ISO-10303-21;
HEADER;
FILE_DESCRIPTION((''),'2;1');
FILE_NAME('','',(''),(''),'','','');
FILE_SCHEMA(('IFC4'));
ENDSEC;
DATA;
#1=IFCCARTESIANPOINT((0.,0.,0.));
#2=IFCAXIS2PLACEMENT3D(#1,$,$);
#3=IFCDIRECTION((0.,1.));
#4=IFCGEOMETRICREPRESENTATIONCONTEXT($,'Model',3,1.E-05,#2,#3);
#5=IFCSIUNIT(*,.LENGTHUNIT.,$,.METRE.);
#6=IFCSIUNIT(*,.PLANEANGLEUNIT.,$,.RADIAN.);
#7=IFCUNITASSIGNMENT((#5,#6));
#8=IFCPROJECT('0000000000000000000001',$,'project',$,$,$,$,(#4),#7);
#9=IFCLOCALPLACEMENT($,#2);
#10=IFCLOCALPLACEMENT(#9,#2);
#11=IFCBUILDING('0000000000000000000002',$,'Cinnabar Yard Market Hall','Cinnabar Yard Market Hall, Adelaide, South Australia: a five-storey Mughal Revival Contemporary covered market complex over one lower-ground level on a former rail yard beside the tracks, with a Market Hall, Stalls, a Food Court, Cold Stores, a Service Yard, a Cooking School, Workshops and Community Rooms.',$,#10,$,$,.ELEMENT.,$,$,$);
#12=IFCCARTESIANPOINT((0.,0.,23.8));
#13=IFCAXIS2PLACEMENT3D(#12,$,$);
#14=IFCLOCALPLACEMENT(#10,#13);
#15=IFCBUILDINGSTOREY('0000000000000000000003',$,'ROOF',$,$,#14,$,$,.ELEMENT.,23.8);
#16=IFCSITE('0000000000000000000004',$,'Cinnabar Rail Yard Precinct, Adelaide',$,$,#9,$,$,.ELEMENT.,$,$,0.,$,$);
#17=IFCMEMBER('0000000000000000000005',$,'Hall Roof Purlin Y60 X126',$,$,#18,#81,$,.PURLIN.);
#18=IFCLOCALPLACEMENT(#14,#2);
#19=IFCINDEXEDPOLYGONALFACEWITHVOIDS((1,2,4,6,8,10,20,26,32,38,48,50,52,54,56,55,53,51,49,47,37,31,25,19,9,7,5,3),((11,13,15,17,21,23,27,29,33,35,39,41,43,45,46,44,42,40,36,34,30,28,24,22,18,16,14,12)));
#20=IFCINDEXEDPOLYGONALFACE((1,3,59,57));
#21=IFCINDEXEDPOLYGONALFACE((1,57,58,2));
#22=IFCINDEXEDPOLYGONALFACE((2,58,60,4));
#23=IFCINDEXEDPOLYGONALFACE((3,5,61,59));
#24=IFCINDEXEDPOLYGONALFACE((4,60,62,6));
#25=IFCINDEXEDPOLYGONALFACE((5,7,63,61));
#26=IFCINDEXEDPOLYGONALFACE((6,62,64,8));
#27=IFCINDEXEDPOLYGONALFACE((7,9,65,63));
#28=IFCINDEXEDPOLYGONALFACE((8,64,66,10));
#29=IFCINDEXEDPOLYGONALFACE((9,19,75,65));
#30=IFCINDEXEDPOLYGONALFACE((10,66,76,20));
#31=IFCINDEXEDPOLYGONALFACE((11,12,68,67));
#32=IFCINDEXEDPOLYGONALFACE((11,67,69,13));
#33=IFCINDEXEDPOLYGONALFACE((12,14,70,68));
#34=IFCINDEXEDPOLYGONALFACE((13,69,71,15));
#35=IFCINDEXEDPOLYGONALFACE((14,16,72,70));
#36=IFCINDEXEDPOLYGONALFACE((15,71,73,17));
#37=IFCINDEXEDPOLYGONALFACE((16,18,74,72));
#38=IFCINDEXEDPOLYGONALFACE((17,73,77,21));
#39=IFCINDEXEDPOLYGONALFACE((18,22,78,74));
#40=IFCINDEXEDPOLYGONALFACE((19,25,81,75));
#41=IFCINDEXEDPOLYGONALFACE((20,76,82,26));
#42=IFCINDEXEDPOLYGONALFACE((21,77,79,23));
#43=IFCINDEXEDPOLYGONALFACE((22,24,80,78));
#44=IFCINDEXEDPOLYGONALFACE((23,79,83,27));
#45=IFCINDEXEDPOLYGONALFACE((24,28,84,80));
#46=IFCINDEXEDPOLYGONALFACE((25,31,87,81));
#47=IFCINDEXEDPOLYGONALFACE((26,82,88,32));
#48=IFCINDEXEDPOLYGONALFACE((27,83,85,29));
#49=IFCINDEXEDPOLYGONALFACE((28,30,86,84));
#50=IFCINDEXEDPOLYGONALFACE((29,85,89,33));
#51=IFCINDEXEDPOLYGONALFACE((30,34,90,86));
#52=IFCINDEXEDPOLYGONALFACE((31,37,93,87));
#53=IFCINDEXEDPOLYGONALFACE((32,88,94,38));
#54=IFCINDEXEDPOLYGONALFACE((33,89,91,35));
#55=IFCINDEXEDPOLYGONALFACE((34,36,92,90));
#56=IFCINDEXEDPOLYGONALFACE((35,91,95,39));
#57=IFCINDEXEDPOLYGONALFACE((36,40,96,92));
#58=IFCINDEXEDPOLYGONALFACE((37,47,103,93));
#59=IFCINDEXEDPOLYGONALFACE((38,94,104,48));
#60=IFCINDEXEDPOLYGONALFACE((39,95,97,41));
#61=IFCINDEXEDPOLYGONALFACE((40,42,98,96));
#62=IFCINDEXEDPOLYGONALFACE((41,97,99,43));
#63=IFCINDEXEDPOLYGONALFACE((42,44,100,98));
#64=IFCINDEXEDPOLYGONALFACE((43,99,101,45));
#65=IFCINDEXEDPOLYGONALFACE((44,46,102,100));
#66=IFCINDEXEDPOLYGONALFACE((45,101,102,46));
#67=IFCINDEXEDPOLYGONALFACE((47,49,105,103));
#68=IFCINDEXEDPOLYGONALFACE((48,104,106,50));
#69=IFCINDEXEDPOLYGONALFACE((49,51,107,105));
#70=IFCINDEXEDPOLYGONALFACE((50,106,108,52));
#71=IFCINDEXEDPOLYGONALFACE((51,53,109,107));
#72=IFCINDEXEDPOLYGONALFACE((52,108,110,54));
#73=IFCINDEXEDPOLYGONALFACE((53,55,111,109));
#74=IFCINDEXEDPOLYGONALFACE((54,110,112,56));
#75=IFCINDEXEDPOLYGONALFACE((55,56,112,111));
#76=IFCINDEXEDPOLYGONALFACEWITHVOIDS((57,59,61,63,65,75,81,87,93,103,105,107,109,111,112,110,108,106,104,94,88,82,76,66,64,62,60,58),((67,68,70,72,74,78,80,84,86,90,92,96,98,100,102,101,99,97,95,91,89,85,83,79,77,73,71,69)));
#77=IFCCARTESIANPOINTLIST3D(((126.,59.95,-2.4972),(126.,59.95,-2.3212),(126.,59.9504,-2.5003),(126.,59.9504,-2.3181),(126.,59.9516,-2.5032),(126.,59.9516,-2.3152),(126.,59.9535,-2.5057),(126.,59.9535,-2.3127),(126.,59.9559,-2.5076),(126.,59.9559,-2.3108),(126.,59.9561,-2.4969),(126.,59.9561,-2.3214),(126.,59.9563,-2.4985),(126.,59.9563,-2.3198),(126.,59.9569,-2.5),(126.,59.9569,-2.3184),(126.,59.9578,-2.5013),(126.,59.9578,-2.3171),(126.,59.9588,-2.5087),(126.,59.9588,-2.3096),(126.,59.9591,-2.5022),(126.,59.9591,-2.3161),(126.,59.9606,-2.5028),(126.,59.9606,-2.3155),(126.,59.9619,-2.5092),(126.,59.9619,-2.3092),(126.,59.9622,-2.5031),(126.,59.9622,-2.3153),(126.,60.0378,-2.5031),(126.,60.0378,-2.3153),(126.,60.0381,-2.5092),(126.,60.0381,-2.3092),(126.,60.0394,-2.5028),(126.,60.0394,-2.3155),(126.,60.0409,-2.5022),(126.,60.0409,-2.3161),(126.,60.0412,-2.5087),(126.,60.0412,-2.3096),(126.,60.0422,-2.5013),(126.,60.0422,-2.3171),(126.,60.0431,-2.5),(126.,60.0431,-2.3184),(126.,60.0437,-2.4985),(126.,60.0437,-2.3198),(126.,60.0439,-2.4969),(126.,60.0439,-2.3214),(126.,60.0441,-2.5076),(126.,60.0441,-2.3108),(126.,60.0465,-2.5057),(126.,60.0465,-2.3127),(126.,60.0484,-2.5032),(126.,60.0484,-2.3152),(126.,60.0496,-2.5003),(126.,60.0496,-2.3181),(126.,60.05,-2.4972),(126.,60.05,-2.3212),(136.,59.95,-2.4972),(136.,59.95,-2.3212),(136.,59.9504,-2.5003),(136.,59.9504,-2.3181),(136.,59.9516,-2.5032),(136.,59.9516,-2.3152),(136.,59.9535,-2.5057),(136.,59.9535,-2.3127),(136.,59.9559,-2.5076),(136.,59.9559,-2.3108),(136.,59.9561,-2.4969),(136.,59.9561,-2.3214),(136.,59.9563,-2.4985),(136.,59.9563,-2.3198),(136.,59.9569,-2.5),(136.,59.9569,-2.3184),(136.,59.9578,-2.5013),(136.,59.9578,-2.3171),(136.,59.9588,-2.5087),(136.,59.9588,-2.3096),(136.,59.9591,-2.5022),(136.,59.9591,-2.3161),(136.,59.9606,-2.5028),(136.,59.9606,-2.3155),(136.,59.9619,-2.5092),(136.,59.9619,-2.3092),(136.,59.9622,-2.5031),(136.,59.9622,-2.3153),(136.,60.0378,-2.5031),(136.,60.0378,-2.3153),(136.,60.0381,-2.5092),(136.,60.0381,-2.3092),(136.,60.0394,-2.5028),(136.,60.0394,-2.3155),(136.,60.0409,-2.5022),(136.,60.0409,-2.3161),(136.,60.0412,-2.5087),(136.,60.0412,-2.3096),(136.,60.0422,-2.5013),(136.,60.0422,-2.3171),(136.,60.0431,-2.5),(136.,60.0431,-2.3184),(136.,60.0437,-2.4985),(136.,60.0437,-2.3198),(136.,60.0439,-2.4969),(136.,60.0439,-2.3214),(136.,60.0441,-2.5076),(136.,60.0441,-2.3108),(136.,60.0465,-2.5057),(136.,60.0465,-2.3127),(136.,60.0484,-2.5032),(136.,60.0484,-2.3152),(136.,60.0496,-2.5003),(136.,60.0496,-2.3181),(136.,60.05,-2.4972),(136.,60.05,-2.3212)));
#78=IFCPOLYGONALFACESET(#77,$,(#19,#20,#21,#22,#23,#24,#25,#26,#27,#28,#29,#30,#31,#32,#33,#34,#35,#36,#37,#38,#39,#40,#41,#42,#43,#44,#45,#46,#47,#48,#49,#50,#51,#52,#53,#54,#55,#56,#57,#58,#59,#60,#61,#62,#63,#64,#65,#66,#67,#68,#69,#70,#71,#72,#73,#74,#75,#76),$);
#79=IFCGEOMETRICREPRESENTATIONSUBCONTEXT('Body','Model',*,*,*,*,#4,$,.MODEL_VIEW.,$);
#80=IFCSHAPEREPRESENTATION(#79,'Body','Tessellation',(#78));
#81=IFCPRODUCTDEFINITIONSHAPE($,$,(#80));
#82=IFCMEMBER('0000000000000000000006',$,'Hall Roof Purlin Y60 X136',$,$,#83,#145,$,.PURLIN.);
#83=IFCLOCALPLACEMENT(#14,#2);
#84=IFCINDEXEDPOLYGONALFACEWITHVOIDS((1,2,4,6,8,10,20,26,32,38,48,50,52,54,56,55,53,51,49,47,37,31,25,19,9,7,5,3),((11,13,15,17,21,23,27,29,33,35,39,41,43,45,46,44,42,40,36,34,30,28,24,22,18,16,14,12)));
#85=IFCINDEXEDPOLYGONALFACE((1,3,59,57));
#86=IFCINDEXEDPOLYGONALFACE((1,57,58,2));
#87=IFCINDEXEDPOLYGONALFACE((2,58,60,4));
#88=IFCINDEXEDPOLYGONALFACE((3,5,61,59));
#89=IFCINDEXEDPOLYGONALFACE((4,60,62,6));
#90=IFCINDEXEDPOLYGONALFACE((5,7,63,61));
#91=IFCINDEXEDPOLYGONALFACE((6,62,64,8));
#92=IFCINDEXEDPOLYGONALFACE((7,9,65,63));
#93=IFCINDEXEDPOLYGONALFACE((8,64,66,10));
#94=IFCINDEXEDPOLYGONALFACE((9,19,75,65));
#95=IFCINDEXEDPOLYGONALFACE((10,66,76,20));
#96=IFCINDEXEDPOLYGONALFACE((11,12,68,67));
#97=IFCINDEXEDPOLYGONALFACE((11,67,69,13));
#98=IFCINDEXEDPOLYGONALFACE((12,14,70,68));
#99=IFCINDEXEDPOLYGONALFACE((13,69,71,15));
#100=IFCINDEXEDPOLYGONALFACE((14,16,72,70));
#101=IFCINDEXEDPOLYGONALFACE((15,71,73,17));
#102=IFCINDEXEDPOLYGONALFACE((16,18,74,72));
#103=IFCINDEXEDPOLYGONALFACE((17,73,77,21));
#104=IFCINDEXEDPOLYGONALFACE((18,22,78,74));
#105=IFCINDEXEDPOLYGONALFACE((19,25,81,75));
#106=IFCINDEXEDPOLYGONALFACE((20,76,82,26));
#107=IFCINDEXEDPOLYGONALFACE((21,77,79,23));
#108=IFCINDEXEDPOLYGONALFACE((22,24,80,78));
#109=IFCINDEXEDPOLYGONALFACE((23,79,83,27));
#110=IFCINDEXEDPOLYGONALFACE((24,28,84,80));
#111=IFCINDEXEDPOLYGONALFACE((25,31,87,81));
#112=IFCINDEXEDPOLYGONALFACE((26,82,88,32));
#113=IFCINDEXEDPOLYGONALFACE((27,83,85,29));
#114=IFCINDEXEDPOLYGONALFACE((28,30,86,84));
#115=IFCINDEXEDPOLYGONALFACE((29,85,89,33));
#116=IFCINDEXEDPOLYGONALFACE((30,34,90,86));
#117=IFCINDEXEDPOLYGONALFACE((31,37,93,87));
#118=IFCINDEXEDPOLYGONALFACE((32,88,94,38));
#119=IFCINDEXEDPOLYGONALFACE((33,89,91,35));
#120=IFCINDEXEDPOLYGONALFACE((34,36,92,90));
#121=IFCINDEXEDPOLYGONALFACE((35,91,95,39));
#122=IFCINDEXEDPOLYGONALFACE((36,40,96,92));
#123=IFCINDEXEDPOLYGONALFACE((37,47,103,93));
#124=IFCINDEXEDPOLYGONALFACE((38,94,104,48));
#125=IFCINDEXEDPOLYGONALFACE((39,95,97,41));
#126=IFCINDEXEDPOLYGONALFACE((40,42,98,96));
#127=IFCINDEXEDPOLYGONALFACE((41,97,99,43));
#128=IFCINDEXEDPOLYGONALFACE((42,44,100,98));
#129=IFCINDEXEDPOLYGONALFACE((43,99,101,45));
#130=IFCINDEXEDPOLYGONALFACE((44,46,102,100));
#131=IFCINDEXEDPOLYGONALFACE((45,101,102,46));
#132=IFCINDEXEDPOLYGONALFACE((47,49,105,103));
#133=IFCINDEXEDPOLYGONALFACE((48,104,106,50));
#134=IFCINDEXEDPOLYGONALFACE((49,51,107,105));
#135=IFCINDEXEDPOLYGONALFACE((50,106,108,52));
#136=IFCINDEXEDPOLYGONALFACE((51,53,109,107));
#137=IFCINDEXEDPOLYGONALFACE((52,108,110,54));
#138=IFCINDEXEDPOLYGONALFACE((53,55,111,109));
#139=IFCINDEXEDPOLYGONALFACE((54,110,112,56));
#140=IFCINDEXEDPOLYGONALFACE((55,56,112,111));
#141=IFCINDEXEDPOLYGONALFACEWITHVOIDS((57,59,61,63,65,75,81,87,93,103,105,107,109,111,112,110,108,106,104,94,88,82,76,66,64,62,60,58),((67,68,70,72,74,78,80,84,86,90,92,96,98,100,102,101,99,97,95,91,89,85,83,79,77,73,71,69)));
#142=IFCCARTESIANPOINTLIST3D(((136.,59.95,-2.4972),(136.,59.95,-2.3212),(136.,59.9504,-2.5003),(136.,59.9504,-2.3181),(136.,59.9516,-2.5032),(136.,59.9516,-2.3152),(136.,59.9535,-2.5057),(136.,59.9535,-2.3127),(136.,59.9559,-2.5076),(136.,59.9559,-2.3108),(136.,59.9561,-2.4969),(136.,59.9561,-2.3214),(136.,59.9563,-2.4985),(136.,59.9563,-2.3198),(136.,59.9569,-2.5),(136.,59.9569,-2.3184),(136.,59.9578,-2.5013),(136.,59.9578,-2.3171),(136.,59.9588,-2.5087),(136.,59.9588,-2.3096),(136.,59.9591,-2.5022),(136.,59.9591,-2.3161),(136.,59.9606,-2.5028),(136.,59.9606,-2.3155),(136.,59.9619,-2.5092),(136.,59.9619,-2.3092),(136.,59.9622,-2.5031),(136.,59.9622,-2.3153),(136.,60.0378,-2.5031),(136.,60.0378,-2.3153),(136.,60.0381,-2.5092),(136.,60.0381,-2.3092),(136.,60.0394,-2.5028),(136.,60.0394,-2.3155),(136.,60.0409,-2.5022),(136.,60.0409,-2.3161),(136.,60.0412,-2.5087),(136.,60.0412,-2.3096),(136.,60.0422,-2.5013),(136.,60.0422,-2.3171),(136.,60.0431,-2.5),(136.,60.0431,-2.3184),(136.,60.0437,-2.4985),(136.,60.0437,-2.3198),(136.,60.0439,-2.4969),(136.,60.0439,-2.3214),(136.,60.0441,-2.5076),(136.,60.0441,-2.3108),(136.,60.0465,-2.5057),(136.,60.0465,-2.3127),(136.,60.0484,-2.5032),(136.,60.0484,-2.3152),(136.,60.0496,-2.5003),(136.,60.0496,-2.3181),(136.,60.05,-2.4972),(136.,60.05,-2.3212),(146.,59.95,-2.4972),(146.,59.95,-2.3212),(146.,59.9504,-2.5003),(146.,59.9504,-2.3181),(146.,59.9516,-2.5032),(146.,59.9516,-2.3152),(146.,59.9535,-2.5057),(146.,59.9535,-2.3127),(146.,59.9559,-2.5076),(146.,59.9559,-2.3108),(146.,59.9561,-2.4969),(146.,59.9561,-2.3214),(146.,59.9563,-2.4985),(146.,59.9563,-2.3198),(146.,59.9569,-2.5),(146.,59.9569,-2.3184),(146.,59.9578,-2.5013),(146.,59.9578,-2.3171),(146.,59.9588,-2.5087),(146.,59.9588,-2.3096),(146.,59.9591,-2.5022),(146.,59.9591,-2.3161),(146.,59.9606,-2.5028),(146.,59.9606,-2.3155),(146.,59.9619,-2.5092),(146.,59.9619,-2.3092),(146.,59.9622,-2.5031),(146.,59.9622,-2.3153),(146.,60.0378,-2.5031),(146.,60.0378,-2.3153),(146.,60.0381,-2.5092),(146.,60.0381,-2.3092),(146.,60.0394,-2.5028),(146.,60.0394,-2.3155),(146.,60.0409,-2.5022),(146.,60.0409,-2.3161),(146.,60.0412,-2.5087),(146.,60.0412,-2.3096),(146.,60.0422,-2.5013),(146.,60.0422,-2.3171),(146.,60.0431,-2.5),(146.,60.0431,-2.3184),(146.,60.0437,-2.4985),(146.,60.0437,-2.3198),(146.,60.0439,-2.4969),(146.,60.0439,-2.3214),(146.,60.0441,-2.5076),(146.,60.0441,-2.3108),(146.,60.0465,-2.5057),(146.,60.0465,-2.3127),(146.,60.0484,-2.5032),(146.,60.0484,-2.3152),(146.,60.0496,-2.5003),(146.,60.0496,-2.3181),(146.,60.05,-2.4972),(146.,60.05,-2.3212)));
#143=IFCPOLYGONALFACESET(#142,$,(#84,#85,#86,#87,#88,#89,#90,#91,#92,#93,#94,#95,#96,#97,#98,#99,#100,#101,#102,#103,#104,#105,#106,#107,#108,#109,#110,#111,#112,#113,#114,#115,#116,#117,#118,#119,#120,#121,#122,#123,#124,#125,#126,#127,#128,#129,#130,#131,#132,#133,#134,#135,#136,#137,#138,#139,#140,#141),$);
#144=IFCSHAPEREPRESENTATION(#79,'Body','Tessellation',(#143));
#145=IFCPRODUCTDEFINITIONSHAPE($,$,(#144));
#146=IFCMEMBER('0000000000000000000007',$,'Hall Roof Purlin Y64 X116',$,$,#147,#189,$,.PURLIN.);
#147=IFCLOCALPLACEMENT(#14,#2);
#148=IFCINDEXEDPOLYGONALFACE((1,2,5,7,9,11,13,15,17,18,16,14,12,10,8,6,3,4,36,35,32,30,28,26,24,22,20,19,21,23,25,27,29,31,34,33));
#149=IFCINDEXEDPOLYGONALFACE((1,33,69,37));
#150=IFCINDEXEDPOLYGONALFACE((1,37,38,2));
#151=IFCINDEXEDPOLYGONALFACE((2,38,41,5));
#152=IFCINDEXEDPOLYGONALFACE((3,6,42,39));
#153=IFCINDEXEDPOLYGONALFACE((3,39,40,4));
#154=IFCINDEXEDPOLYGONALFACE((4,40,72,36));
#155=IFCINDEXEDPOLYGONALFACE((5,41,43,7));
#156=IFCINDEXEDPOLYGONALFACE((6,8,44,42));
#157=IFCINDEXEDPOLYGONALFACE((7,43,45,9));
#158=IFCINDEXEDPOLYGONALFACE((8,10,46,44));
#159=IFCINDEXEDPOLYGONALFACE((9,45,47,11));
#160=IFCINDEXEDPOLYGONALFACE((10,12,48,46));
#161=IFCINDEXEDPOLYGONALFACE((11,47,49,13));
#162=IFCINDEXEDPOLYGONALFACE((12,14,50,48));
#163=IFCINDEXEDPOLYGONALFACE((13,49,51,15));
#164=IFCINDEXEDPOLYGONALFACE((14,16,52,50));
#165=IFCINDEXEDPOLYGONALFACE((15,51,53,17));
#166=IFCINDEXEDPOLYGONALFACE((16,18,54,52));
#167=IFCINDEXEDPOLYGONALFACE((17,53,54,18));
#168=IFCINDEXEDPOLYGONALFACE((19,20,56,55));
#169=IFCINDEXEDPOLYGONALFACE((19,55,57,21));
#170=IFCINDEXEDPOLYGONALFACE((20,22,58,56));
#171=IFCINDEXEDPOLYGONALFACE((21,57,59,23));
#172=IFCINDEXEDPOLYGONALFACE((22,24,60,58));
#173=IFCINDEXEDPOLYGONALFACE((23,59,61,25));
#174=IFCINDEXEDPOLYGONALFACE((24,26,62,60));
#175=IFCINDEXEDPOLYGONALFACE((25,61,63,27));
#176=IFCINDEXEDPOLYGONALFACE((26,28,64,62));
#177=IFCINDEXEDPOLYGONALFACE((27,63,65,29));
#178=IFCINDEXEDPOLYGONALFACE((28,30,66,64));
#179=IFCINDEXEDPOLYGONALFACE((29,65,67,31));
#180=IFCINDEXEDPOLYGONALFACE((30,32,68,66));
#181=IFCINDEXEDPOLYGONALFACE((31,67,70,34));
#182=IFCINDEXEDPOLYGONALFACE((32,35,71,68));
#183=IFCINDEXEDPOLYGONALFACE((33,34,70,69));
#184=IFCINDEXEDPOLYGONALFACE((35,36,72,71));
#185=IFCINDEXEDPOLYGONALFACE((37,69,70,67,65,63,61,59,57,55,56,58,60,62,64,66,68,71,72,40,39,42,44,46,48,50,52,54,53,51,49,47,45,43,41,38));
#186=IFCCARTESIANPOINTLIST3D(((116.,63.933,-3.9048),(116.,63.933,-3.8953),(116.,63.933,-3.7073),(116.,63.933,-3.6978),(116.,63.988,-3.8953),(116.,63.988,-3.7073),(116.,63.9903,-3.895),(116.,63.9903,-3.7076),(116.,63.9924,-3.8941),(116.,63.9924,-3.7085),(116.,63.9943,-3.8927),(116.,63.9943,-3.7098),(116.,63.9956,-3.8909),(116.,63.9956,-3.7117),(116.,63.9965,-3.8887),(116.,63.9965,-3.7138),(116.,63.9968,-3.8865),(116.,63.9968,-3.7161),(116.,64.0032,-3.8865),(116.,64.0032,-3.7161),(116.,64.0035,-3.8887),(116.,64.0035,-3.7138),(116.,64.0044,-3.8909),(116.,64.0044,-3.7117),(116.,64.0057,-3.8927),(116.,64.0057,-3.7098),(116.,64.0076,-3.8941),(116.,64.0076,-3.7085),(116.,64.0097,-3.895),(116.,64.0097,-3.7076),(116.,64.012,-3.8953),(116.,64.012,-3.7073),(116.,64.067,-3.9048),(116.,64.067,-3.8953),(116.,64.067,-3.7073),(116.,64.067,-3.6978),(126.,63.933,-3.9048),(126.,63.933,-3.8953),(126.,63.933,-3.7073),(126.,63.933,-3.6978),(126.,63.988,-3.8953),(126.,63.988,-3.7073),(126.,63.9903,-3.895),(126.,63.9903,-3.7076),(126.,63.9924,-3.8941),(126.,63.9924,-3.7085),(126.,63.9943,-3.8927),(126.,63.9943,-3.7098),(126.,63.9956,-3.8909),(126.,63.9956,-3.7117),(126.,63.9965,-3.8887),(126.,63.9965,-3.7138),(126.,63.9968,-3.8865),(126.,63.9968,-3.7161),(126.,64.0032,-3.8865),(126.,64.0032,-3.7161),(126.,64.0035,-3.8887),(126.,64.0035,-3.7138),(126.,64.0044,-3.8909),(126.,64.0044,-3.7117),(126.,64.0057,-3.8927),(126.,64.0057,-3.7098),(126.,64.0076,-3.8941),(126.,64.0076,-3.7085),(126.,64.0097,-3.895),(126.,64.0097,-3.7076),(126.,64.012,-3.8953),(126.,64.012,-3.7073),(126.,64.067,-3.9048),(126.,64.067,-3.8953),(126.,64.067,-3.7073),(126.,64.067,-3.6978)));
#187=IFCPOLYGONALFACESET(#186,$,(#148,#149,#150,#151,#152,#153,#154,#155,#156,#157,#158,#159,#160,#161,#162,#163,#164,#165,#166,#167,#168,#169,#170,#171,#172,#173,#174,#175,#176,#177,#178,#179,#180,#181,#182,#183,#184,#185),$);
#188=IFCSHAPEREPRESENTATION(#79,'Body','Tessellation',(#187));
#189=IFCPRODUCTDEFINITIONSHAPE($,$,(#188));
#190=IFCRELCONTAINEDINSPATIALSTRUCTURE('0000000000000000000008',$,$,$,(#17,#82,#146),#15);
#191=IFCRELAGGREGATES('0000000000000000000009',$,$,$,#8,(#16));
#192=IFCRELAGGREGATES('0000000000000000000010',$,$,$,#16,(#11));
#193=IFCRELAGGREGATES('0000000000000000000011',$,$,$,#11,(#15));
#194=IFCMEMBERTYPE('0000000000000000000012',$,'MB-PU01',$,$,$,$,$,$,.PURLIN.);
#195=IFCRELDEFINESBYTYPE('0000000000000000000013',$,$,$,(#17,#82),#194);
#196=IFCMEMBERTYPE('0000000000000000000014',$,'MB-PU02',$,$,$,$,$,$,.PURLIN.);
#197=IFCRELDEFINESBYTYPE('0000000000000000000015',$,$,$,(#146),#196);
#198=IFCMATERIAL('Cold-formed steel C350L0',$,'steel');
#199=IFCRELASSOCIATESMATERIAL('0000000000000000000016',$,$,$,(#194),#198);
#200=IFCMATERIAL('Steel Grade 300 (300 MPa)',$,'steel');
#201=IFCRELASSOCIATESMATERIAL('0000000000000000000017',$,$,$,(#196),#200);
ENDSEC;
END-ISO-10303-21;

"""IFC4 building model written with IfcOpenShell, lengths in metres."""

from ifc_helpers import new_model, si_unit, direction, frame, origin, origin_2d_with_axis, place, context, subcontext, project, spatial, hollow_rectangle, i_section, extrude, material, material_profile, profile_set, type_object, element, save


model = new_model("IFC4")

# Units and contexts
model_context = context("Model", 3, precision=1e-05, world=origin(), true_north=direction((0.0, 1.0)))
body_context = subcontext(model_context, "Body", "Model", "MODEL_VIEW")
ifc_project = project(units=[si_unit("LENGTHUNIT", "METRE"), si_unit("PLANEANGLEUNIT", "RADIAN")], contexts=[model_context])

# Site, building, storey
site_placement = place(None, origin())
site = spatial("IfcSite", under=ifc_project, at=site_placement, Name="Cinnabar Rail Yard Precinct, Adelaide", CompositionType="ELEMENT", RefElevation=0.0)
building_placement = place(site_placement, origin())
building = spatial("IfcBuilding", under=site, at=building_placement, Name="Cinnabar Yard Market Hall", Description="Cinnabar Yard Market Hall, Adelaide, South Australia: a five-storey Mughal Revival Contemporary covered market complex over one lower-ground level on a former rail yard beside the tracks, with a Market Hall, Stalls, a Food Court, Cold Stores, a Service Yard, a Cooking School, Workshops and Community Rooms.", CompositionType="ELEMENT")
storey_placement = place(building_placement, frame((0.0, 0.0, 23.8)))
storey = spatial("IfcBuildingStorey", under=building, at=storey_placement, Name="ROOF", CompositionType="ELEMENT", Elevation=23.8)

# Shared definitions
ifc_material_1 = material(Name="Steel Grade 300 (300 MPa)", Category="steel")

# Members
ifc_material_2 = material(Name="Cold-formed steel C350L0", Category="steel")
ifc_material_profile_1 = material_profile(ifc_material_2, hollow_rectangle(XDim=0.1001, YDim=0.2, WallThickness=0.0061, InnerFilletRadius=0.0061, OuterFilletRadius=0.012, at=origin_2d_with_axis()), Name="200x100x6.0RHS")
ifc_profile_set_1 = profile_set([ifc_material_profile_1], Name="Cold-formed steel C350L0")
member_type_1 = type_object("IfcMemberType", Name="MB-PU01", PredefinedType="PURLIN", material=ifc_profile_set_1)
for number, where, z_axis, x_axis, name in (
    (1, (126.0, 60.0, -2.4092), (1.0, 0.0, 0.0), (0.0, 1.0, 0.0), "Hall Roof Purlin Y60 X126"),
    (2, (136.0, 60.0, -2.4092), (1.0, 0.0, 0.0), (0.0, 1.0, 0.0), "Hall Roof Purlin Y60 X136"),
):
    element("IfcMember", number, at=place(storey_placement, frame(where, z_axis=z_axis, x_axis=x_axis)), inside=storey, type_object=member_type_1, Name=name, PredefinedType="PURLIN", context=body_context, shape_type="SweptSolid", body=[
        extrude(hollow_rectangle(XDim=0.1001, YDim=0.2, WallThickness=0.0061, InnerFilletRadius=0.0061, OuterFilletRadius=0.012, at=origin_2d_with_axis()), origin(), (0.0, 0.0, 1.0), 10.0),
    ])
ifc_material_profile_2 = material_profile(ifc_material_1, i_section(OverallWidth=0.134, OverallDepth=0.207, WebThickness=0.0063, FlangeThickness=0.0095, FilletRadius=0.0088, at=origin_2d_with_axis()), Name="200UB29.8")
ifc_profile_set_2 = profile_set([ifc_material_profile_2], Name="Steel Grade 300 (300 MPa)")
member_type_2 = type_object("IfcMemberType", Name="MB-PU02", PredefinedType="PURLIN", material=ifc_profile_set_2)
for number, where, z_axis, x_axis, name in (
    (3, (116.0, 64.0, -3.8013), (1.0, 0.0, 0.0), (0.0, 1.0, 0.0), "Hall Roof Purlin Y64 X116"),
):
    element("IfcMember", number, at=place(storey_placement, frame(where, z_axis=z_axis, x_axis=x_axis)), inside=storey, type_object=member_type_2, Name=name, PredefinedType="PURLIN", context=body_context, shape_type="SweptSolid", body=[
        extrude(i_section(OverallWidth=0.134, OverallDepth=0.207, WebThickness=0.0063, FlangeThickness=0.0095, FilletRadius=0.0088, at=origin_2d_with_axis()), origin(), (0.0, 0.0, 1.0), 10.0),
    ])

save(model, "model.ifc")
